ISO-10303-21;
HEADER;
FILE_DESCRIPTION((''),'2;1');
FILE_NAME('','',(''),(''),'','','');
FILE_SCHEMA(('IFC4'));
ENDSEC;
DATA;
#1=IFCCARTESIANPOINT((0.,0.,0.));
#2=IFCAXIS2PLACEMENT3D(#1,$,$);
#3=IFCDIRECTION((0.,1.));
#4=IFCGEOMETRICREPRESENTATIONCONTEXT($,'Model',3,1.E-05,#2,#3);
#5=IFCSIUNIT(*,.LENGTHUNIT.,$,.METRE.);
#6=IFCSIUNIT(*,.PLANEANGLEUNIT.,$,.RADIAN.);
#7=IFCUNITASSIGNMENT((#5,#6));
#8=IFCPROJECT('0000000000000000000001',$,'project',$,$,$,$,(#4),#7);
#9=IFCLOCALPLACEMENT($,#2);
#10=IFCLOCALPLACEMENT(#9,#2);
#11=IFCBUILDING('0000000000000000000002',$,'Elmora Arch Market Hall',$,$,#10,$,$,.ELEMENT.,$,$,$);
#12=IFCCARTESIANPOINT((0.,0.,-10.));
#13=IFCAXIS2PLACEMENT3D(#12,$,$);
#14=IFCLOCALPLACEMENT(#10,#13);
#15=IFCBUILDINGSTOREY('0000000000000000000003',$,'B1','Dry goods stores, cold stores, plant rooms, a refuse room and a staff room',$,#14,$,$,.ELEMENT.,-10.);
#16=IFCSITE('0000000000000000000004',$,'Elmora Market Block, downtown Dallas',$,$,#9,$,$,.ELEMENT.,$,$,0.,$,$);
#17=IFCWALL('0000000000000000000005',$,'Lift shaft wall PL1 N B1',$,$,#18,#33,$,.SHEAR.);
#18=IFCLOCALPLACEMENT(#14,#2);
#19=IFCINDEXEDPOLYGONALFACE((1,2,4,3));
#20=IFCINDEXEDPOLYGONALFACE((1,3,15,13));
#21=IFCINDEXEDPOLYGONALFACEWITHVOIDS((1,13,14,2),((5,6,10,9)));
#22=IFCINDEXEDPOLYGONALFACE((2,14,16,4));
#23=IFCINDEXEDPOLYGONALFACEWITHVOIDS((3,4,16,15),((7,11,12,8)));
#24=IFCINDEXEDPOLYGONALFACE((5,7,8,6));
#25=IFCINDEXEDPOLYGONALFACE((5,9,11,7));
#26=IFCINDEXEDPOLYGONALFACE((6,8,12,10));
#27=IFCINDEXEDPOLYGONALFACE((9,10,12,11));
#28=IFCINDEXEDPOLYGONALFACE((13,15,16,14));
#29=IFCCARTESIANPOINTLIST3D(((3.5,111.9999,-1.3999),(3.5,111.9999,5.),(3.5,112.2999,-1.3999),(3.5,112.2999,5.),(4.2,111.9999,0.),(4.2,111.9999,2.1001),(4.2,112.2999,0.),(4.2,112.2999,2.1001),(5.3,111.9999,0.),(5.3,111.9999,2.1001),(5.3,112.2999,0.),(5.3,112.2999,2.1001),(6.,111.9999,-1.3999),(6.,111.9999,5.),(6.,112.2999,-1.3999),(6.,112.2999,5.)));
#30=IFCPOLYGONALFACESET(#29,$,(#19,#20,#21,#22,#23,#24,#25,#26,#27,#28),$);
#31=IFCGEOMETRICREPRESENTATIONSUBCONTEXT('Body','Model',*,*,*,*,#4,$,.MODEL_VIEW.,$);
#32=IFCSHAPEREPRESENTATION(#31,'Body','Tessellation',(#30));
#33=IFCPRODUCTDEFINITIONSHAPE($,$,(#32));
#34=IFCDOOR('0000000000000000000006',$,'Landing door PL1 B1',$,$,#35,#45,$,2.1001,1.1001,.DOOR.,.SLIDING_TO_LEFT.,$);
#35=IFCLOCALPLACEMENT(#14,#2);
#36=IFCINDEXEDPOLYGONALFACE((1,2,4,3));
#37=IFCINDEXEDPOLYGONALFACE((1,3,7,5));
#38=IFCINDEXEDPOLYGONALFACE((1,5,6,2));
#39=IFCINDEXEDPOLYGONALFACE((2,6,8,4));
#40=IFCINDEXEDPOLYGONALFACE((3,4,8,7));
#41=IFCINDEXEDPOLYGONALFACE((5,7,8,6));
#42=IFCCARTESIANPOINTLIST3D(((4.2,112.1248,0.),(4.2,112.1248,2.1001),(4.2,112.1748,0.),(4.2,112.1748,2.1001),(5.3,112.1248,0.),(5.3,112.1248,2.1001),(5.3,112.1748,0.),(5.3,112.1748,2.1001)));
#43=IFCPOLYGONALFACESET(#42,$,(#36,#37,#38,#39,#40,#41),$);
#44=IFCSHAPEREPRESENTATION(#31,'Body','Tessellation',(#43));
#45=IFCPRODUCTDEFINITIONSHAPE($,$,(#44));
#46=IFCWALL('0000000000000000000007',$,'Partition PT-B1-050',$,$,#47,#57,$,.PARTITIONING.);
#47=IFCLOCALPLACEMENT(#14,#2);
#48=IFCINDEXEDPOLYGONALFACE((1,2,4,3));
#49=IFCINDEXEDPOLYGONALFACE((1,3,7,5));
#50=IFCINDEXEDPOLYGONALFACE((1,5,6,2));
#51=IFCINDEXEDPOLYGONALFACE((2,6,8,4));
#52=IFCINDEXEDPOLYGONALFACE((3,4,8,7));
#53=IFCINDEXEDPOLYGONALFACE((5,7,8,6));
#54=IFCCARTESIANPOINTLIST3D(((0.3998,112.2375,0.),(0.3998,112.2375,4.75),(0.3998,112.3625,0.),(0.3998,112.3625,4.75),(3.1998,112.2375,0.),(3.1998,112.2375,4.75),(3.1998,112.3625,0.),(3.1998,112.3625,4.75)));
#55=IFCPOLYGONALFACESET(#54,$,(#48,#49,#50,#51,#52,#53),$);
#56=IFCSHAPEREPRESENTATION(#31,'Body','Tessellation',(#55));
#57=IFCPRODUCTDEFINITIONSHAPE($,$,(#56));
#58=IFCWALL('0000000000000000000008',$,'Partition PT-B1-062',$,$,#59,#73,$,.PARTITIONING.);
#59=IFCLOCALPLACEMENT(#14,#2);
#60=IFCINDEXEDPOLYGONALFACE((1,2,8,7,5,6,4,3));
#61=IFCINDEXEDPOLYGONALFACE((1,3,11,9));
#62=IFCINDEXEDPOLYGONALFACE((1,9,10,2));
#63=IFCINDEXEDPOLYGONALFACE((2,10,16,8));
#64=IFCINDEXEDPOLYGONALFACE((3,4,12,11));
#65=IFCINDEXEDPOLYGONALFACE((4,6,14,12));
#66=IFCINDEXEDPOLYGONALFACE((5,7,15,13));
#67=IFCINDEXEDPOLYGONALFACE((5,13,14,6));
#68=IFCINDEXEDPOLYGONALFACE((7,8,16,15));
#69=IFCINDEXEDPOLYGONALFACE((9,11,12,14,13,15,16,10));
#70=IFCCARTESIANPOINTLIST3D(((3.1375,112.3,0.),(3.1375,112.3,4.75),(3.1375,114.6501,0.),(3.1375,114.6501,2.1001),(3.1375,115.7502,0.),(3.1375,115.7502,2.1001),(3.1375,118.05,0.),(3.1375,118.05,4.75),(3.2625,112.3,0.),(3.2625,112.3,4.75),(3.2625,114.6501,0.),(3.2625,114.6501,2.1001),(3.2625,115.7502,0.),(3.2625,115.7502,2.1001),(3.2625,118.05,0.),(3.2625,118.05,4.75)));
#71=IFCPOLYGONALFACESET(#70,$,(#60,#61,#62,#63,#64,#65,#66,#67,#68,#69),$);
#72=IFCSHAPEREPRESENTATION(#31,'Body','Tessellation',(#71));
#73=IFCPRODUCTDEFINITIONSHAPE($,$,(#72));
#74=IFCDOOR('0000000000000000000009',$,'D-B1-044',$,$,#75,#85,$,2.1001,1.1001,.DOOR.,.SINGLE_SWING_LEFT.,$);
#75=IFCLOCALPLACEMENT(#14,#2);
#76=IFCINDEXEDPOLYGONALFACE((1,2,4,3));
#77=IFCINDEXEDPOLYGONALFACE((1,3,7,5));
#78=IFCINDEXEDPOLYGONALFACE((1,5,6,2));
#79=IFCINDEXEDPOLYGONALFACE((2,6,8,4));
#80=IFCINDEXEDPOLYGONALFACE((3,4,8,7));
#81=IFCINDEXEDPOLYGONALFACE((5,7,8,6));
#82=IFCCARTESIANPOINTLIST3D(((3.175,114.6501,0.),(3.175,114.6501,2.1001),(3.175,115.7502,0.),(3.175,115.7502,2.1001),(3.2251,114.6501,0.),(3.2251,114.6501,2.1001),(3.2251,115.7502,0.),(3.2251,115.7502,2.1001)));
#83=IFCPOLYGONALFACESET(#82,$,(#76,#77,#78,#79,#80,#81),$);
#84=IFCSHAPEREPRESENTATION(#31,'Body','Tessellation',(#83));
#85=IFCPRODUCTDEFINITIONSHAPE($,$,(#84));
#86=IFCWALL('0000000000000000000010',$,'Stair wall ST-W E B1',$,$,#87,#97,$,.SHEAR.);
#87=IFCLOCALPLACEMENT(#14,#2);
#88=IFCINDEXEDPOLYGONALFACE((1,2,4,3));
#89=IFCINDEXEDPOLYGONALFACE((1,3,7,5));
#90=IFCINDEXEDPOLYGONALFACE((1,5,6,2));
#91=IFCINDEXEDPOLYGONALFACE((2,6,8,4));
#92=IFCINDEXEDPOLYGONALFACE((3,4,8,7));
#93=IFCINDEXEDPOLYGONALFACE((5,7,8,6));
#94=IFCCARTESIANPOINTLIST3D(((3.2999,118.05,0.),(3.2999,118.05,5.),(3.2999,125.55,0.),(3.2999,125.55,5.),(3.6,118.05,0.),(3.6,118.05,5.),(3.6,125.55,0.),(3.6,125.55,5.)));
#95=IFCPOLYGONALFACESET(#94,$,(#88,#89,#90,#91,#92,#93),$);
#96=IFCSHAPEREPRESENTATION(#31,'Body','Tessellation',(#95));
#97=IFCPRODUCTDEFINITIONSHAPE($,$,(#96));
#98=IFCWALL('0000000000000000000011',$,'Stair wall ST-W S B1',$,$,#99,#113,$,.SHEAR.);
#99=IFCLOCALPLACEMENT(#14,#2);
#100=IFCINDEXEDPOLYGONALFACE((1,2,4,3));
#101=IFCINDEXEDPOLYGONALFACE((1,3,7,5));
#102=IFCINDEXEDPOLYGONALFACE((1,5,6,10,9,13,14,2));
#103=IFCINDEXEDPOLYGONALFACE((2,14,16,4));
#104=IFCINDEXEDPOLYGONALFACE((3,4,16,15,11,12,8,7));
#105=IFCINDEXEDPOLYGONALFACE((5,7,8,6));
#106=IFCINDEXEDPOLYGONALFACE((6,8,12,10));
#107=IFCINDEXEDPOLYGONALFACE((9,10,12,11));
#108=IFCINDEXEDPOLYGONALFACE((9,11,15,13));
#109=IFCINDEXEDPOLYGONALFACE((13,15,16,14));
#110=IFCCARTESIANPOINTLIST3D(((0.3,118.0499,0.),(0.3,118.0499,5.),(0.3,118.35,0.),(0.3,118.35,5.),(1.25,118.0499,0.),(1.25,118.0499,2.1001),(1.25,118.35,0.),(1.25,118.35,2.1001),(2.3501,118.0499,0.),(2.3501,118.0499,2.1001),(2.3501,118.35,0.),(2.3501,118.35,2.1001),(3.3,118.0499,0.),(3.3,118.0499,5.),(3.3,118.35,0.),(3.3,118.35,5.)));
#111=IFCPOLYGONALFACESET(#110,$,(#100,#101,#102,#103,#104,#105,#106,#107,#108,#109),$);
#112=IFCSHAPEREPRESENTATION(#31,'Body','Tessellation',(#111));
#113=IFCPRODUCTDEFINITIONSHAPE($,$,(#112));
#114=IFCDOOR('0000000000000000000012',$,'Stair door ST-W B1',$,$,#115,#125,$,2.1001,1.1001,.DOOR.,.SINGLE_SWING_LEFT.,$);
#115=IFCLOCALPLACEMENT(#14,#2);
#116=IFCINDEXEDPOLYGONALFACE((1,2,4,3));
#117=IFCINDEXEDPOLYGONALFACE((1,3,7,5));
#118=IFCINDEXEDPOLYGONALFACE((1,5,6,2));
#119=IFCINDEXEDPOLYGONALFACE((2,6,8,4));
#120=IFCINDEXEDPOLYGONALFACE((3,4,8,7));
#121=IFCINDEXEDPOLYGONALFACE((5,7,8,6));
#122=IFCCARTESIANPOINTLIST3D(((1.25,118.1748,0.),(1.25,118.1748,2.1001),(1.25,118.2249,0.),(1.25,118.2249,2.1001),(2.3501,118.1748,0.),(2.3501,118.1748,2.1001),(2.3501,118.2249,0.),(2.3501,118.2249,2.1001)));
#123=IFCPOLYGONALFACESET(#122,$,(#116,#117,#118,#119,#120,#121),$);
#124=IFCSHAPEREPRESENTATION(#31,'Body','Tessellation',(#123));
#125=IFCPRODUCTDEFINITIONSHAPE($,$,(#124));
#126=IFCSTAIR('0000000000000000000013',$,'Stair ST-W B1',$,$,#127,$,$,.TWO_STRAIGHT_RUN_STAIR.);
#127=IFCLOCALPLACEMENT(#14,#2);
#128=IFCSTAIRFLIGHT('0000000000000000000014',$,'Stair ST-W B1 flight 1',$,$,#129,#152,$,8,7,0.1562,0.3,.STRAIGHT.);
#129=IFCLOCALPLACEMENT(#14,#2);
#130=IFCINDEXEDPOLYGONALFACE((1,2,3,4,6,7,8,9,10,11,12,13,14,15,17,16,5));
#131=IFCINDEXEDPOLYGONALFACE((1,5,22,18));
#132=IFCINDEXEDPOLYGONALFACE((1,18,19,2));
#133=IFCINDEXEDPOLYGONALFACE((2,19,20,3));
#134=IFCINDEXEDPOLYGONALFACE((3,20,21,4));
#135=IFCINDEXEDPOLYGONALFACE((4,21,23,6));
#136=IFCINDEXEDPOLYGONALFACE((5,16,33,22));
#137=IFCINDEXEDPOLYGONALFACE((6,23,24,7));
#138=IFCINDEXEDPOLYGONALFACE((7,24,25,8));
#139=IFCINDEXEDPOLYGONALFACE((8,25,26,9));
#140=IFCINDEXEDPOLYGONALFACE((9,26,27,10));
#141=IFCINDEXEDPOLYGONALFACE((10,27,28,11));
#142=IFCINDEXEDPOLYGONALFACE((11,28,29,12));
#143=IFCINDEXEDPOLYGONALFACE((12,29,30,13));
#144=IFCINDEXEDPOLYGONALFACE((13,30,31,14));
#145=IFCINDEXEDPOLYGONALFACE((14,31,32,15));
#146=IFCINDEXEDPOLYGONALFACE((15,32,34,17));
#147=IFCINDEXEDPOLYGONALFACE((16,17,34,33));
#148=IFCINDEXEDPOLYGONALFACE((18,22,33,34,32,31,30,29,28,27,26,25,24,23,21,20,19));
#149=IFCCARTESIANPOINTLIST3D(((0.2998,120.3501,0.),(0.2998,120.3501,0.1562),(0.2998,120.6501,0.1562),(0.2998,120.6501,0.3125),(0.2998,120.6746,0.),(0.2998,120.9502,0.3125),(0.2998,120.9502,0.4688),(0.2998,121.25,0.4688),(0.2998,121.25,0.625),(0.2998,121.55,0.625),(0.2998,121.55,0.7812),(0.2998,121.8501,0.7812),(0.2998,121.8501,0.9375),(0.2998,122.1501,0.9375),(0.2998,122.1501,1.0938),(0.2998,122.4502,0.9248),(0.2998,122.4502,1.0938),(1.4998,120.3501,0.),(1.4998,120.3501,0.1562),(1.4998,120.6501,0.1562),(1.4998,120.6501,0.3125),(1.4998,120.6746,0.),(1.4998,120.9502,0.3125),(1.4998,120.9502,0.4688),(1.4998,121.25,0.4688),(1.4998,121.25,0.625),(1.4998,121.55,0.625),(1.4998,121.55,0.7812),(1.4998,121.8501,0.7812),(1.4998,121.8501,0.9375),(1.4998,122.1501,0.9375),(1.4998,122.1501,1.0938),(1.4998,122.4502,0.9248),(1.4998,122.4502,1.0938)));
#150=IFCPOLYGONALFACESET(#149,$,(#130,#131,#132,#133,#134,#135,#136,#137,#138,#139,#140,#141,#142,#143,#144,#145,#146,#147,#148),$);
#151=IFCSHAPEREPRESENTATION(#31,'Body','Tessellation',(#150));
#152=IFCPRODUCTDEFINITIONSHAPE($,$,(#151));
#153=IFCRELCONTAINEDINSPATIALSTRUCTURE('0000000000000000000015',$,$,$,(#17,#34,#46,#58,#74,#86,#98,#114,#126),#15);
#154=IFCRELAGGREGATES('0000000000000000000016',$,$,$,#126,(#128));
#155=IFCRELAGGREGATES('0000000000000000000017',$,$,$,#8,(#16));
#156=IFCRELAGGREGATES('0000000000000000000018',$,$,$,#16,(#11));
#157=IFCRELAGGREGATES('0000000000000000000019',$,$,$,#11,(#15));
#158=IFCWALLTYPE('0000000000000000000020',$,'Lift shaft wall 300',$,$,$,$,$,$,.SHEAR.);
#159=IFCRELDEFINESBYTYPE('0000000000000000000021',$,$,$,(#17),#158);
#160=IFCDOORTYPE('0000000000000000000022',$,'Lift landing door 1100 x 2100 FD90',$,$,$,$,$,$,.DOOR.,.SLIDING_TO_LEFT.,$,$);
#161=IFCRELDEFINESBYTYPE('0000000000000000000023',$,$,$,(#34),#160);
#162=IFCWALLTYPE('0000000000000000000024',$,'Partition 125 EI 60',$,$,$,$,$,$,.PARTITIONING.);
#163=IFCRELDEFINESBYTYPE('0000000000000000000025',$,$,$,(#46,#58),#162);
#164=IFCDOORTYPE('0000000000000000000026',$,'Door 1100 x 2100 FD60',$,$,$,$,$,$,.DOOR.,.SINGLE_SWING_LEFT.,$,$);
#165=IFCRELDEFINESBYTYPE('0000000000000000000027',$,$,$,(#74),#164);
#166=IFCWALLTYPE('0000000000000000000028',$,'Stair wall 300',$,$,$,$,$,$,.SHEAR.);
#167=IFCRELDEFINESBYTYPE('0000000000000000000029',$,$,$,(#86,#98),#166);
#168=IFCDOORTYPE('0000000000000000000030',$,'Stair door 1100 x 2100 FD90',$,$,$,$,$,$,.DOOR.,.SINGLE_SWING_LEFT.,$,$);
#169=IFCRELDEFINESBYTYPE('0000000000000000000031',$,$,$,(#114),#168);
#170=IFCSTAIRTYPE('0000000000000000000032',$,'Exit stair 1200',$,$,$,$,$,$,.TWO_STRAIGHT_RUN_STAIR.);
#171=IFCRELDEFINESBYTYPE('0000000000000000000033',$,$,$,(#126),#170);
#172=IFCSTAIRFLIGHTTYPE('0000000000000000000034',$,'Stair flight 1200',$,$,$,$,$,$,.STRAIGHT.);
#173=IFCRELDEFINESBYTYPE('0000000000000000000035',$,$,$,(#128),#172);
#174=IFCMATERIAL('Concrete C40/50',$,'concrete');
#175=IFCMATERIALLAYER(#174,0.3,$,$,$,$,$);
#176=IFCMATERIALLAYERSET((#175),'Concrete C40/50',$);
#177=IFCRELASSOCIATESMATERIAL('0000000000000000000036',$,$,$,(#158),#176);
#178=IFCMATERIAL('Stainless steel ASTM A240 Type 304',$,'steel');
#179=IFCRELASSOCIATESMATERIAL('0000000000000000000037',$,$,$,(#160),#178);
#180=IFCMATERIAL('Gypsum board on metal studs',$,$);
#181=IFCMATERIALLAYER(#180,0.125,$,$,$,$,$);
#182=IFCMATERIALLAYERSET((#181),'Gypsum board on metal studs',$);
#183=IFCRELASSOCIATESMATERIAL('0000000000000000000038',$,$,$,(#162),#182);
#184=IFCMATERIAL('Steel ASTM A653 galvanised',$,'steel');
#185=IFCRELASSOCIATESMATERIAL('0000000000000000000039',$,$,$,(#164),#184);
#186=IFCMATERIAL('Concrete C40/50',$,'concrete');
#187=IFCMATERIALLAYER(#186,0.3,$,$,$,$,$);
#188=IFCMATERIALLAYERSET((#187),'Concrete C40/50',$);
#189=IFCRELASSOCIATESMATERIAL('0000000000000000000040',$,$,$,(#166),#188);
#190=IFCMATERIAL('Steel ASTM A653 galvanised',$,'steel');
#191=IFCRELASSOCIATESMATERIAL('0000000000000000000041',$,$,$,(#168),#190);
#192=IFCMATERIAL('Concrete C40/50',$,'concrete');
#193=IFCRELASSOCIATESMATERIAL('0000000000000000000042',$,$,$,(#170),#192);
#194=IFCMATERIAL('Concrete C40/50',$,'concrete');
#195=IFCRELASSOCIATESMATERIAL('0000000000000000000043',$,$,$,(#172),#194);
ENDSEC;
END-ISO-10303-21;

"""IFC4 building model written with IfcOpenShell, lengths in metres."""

from ifc_helpers import new_model, si_unit, direction, frame, frame_2d, origin, place, context, subcontext, project, spatial, polyline, rectangle, outline, extrude, material, layer, layer_set, type_object, element, fill, aggregate, save


model = new_model("IFC4")

# Units and contexts
model_context = context("Model", 3, precision=1e-05, world=origin(), true_north=direction((0.0, 1.0)))
body_context = subcontext(model_context, "Body", "Model", "MODEL_VIEW")
ifc_project = project(units=[si_unit("LENGTHUNIT", "METRE"), si_unit("PLANEANGLEUNIT", "RADIAN")], contexts=[model_context])

# Site, building, storey
site_placement = place(None, origin())
site = spatial("IfcSite", under=ifc_project, at=site_placement, Name="Elmora Market Block, downtown Dallas", CompositionType="ELEMENT", RefElevation=0.0)
building_placement = place(site_placement, origin())
building = spatial("IfcBuilding", under=site, at=building_placement, Name="Elmora Arch Market Hall", CompositionType="ELEMENT")
storey_placement = place(building_placement, frame((0.0, 0.0, -10.0)))
storey = spatial("IfcBuildingStorey", under=building, at=storey_placement, Name="B1", Description="Dry goods stores, cold stores, plant rooms, a refuse room and a staff room", CompositionType="ELEMENT", Elevation=-10.0)

# Shared definitions
ifc_material_1 = material(Name="Concrete C40/50", Category="concrete")
ifc_layer_1 = layer(ifc_material_1, 0.3)
ifc_layer_set_1 = layer_set([ifc_layer_1], Name="Concrete C40/50")
wall_type_1 = type_object("IfcWallType", Name="Lift shaft wall 300", PredefinedType="SHEAR", material=ifc_layer_set_1)

# Wall, opening, door
wall_1_placement = place(storey_placement, frame((3.5, 112.1499, -1.3999), z_axis=(0.0, 0.0, 1.0), x_axis=(1.0, 0.0, 0.0)))
wall_1 = element("IfcWall", 1, at=wall_1_placement, inside=storey, type_object=wall_type_1, Name="Lift shaft wall PL1 N B1", PredefinedType="SHEAR", context=body_context, shape_type="SweptSolid", body=[
    extrude(rectangle(XDim=2.5, YDim=0.3, at=frame_2d((1.25, 0.0))), origin(), (0.0, 0.0, 1.0), 6.3999),
])
opening_1_placement = place(wall_1_placement, frame((0.7, 0.0, 1.3999)))
opening_1 = element("IfcOpeningElement", 2, at=opening_1_placement, cuts=wall_1, PredefinedType="OPENING", context=body_context, shape_type="SweptSolid", body=[
    extrude(rectangle(XDim=1.1001, YDim=2.1001, at=frame_2d((0.55, 1.05))), frame((0.0, 0.1599, 0.0), z_axis=(0.0, -1.0, 0.0), x_axis=(1.0, 0.0, 0.0)), (0.0, 0.0, 1.0), 0.3201),
])
ifc_material_2 = material(Name="Stainless steel ASTM A240 Type 304", Category="steel")
door_type_1 = type_object("IfcDoorType", Name="Lift landing door 1100 x 2100 FD90", OperationType="SLIDING_TO_LEFT", PredefinedType="DOOR", material=ifc_material_2)
door_1_placement = place(opening_1_placement, origin())
door_1 = element("IfcDoor", 3, at=door_1_placement, inside=storey, type_object=door_type_1, Name="Landing door PL1 B1", OperationType="SLIDING_TO_LEFT", OverallHeight=2.1001, OverallWidth=1.1001, PredefinedType="DOOR", context=body_context, shape_type="SweptSolid", body=[
    extrude(rectangle(XDim=1.1001, YDim=2.1001, at=frame_2d((0.55, 1.05))), frame((0.0, 0.0249, 0.0), z_axis=(0.0, -1.0, 0.0), x_axis=(1.0, 0.0, 0.0)), (0.0, 0.0, 1.0), 0.05),
])
fill(opening_1, door_1)

# Wall
ifc_material_3 = material(Name="Gypsum board on metal studs")
ifc_layer_2 = layer(ifc_material_3, 0.125)
ifc_layer_set_2 = layer_set([ifc_layer_2], Name="Gypsum board on metal studs")
wall_type_2 = type_object("IfcWallType", Name="Partition 125 EI 60", PredefinedType="PARTITIONING", material=ifc_layer_set_2)
wall_2_placement = place(storey_placement, frame((0.3999, 112.3, 0.0), z_axis=(0.0, 0.0, 1.0), x_axis=(1.0, 0.0, 0.0)))
element("IfcWall", 4, at=wall_2_placement, inside=storey, type_object=wall_type_2, Name="Partition PT-B1-050", PredefinedType="PARTITIONING", context=body_context, shape_type="SweptSolid", body=[
    extrude(rectangle(XDim=2.8, YDim=0.125, at=frame_2d((1.3999, 0.0))), origin(), (0.0, 0.0, 1.0), 4.75),
])

# Wall, opening, door
wall_3_placement = place(storey_placement, frame((3.2, 112.3, 0.0), z_axis=(0.0, 0.0, 1.0), x_axis=(0.0, 1.0, 0.0)))
wall_3 = element("IfcWall", 5, at=wall_3_placement, inside=storey, type_object=wall_type_2, Name="Partition PT-B1-062", PredefinedType="PARTITIONING", context=body_context, shape_type="SweptSolid", body=[
    extrude(rectangle(XDim=5.75, YDim=0.125, at=frame_2d((2.875, 0.0))), origin(), (0.0, 0.0, 1.0), 4.75),
])
opening_2_placement = place(wall_3_placement, frame((2.3501, 0.0, 0.0)))
opening_2 = element("IfcOpeningElement", 6, at=opening_2_placement, cuts=wall_3, PredefinedType="OPENING", context=body_context, shape_type="SweptSolid", body=[
    extrude(rectangle(XDim=1.1001, YDim=2.1001, at=frame_2d((0.55, 1.05))), frame((0.0, 0.0725, 0.0), z_axis=(0.0, -1.0, 0.0), x_axis=(1.0, 0.0, 0.0)), (0.0, 0.0, 1.0), 0.145),
])
ifc_material_4 = material(Name="Steel ASTM A653 galvanised", Category="steel")
door_type_2 = type_object("IfcDoorType", Name="Door 1100 x 2100 FD60", OperationType="SINGLE_SWING_LEFT", PredefinedType="DOOR", material=ifc_material_4)
door_2_placement = place(opening_2_placement, origin())
door_2 = element("IfcDoor", 7, at=door_2_placement, inside=storey, type_object=door_type_2, Name="D-B1-044", OperationType="SINGLE_SWING_LEFT", OverallHeight=2.1001, OverallWidth=1.1001, PredefinedType="DOOR", context=body_context, shape_type="SweptSolid", body=[
    extrude(rectangle(XDim=1.1001, YDim=2.1001, at=frame_2d((0.55, 1.05))), frame((0.0, 0.0249, 0.0), z_axis=(0.0, -1.0, 0.0), x_axis=(1.0, 0.0, 0.0)), (0.0, 0.0, 1.0), 0.05),
])
fill(opening_2, door_2)

# Wall
ifc_material_5 = material(Name="Concrete C40/50", Category="concrete")
ifc_layer_3 = layer(ifc_material_5, 0.3)
ifc_layer_set_3 = layer_set([ifc_layer_3], Name="Concrete C40/50")
wall_type_3 = type_object("IfcWallType", Name="Stair wall 300", PredefinedType="SHEAR", material=ifc_layer_set_3)
wall_4_placement = place(storey_placement, frame((3.45, 118.05, 0.0), z_axis=(0.0, 0.0, 1.0), x_axis=(0.0, 1.0, 0.0)))
element("IfcWall", 8, at=wall_4_placement, inside=storey, type_object=wall_type_3, Name="Stair wall ST-W E B1", PredefinedType="SHEAR", context=body_context, shape_type="SweptSolid", body=[
    extrude(rectangle(XDim=7.5, YDim=0.3, at=frame_2d((3.75, 0.0))), origin(), (0.0, 0.0, 1.0), 5.0),
])

# Wall, opening, door
wall_5_placement = place(storey_placement, frame((0.3, 118.2, 0.0), z_axis=(0.0, 0.0, 1.0), x_axis=(1.0, 0.0, 0.0)))
wall_5 = element("IfcWall", 9, at=wall_5_placement, inside=storey, type_object=wall_type_3, Name="Stair wall ST-W S B1", PredefinedType="SHEAR", context=body_context, shape_type="SweptSolid", body=[
    extrude(rectangle(XDim=3.0, YDim=0.3, at=frame_2d((1.5, 0.0))), origin(), (0.0, 0.0, 1.0), 5.0),
])
opening_3_placement = place(wall_5_placement, frame((0.95, 0.0, 0.0)))
opening_3 = element("IfcOpeningElement", 10, at=opening_3_placement, cuts=wall_5, PredefinedType="OPENING", context=body_context, shape_type="SweptSolid", body=[
    extrude(rectangle(XDim=1.1001, YDim=2.1001, at=frame_2d((0.55, 1.05))), frame((0.0, 0.1599, 0.0), z_axis=(0.0, -1.0, 0.0), x_axis=(1.0, 0.0, 0.0)), (0.0, 0.0, 1.0), 0.3201),
])
ifc_material_6 = material(Name="Steel ASTM A653 galvanised", Category="steel")
door_type_3 = type_object("IfcDoorType", Name="Stair door 1100 x 2100 FD90", OperationType="SINGLE_SWING_LEFT", PredefinedType="DOOR", material=ifc_material_6)
door_3_placement = place(opening_3_placement, origin())
door_3 = element("IfcDoor", 11, at=door_3_placement, inside=storey, type_object=door_type_3, Name="Stair door ST-W B1", OperationType="SINGLE_SWING_LEFT", OverallHeight=2.1001, OverallWidth=1.1001, PredefinedType="DOOR", context=body_context, shape_type="SweptSolid", body=[
    extrude(rectangle(XDim=1.1001, YDim=2.1001, at=frame_2d((0.55, 1.05))), frame((0.0, 0.0249, 0.0), z_axis=(0.0, -1.0, 0.0), x_axis=(1.0, 0.0, 0.0)), (0.0, 0.0, 1.0), 0.05),
])
fill(opening_3, door_3)

# Stair, stair flight
ifc_material_7 = material(Name="Concrete C40/50", Category="concrete")
stair_type = type_object("IfcStairType", Name="Exit stair 1200", PredefinedType="TWO_STRAIGHT_RUN_STAIR", material=ifc_material_7)
stair_placement = place(storey_placement, origin())
stair = element("IfcStair", 12, at=stair_placement, inside=storey, type_object=stair_type, Name="Stair ST-W B1", PredefinedType="TWO_STRAIGHT_RUN_STAIR")
ifc_material_8 = material(Name="Concrete C40/50", Category="concrete")
stair_flight_type = type_object("IfcStairFlightType", Name="Stair flight 1200", PredefinedType="STRAIGHT", material=ifc_material_8)
stair_flight_1_placement = place(storey_placement, frame((0.8999, 120.3501, 0.0), z_axis=(0.0, 0.0, 1.0), x_axis=(0.0, 1.0, 0.0)))
stair_flight_1 = element("IfcStairFlight", 13, at=stair_flight_1_placement, type_object=stair_flight_type, Name="Stair ST-W B1 flight 1", NumberOfRisers=8, NumberOfTreads=7, PredefinedType="STRAIGHT", RiserHeight=0.1562, TreadLength=0.3, context=body_context, shape_type="SweptSolid", body=[
    extrude(outline(polyline([(0.0, 0.0), (0.0, 0.1562), (0.3, 0.1562), (0.3, 0.3125), (0.6001, 0.3125), (0.6001, 0.4688), (0.8999, 0.4688), (0.8999, 0.625), (1.2, 0.625), (1.2, 0.7812), (1.5, 0.7812), (1.5, 0.9375), (1.8, 0.9375), (1.8, 1.0938), (2.1001, 1.0938), (2.1001, 1.25), (2.1001, 0.9248), (0.3245, 0.0), (0.0, 0.0)])), frame((0.0, 0.6001, 0.0), z_axis=(0.0, -1.0, 0.0), x_axis=(1.0, 0.0, 0.0)), (0.0, 0.0, 1.0), 1.2),
])
aggregate(stair, [stair_flight_1])

save(model, "model.ifc")
